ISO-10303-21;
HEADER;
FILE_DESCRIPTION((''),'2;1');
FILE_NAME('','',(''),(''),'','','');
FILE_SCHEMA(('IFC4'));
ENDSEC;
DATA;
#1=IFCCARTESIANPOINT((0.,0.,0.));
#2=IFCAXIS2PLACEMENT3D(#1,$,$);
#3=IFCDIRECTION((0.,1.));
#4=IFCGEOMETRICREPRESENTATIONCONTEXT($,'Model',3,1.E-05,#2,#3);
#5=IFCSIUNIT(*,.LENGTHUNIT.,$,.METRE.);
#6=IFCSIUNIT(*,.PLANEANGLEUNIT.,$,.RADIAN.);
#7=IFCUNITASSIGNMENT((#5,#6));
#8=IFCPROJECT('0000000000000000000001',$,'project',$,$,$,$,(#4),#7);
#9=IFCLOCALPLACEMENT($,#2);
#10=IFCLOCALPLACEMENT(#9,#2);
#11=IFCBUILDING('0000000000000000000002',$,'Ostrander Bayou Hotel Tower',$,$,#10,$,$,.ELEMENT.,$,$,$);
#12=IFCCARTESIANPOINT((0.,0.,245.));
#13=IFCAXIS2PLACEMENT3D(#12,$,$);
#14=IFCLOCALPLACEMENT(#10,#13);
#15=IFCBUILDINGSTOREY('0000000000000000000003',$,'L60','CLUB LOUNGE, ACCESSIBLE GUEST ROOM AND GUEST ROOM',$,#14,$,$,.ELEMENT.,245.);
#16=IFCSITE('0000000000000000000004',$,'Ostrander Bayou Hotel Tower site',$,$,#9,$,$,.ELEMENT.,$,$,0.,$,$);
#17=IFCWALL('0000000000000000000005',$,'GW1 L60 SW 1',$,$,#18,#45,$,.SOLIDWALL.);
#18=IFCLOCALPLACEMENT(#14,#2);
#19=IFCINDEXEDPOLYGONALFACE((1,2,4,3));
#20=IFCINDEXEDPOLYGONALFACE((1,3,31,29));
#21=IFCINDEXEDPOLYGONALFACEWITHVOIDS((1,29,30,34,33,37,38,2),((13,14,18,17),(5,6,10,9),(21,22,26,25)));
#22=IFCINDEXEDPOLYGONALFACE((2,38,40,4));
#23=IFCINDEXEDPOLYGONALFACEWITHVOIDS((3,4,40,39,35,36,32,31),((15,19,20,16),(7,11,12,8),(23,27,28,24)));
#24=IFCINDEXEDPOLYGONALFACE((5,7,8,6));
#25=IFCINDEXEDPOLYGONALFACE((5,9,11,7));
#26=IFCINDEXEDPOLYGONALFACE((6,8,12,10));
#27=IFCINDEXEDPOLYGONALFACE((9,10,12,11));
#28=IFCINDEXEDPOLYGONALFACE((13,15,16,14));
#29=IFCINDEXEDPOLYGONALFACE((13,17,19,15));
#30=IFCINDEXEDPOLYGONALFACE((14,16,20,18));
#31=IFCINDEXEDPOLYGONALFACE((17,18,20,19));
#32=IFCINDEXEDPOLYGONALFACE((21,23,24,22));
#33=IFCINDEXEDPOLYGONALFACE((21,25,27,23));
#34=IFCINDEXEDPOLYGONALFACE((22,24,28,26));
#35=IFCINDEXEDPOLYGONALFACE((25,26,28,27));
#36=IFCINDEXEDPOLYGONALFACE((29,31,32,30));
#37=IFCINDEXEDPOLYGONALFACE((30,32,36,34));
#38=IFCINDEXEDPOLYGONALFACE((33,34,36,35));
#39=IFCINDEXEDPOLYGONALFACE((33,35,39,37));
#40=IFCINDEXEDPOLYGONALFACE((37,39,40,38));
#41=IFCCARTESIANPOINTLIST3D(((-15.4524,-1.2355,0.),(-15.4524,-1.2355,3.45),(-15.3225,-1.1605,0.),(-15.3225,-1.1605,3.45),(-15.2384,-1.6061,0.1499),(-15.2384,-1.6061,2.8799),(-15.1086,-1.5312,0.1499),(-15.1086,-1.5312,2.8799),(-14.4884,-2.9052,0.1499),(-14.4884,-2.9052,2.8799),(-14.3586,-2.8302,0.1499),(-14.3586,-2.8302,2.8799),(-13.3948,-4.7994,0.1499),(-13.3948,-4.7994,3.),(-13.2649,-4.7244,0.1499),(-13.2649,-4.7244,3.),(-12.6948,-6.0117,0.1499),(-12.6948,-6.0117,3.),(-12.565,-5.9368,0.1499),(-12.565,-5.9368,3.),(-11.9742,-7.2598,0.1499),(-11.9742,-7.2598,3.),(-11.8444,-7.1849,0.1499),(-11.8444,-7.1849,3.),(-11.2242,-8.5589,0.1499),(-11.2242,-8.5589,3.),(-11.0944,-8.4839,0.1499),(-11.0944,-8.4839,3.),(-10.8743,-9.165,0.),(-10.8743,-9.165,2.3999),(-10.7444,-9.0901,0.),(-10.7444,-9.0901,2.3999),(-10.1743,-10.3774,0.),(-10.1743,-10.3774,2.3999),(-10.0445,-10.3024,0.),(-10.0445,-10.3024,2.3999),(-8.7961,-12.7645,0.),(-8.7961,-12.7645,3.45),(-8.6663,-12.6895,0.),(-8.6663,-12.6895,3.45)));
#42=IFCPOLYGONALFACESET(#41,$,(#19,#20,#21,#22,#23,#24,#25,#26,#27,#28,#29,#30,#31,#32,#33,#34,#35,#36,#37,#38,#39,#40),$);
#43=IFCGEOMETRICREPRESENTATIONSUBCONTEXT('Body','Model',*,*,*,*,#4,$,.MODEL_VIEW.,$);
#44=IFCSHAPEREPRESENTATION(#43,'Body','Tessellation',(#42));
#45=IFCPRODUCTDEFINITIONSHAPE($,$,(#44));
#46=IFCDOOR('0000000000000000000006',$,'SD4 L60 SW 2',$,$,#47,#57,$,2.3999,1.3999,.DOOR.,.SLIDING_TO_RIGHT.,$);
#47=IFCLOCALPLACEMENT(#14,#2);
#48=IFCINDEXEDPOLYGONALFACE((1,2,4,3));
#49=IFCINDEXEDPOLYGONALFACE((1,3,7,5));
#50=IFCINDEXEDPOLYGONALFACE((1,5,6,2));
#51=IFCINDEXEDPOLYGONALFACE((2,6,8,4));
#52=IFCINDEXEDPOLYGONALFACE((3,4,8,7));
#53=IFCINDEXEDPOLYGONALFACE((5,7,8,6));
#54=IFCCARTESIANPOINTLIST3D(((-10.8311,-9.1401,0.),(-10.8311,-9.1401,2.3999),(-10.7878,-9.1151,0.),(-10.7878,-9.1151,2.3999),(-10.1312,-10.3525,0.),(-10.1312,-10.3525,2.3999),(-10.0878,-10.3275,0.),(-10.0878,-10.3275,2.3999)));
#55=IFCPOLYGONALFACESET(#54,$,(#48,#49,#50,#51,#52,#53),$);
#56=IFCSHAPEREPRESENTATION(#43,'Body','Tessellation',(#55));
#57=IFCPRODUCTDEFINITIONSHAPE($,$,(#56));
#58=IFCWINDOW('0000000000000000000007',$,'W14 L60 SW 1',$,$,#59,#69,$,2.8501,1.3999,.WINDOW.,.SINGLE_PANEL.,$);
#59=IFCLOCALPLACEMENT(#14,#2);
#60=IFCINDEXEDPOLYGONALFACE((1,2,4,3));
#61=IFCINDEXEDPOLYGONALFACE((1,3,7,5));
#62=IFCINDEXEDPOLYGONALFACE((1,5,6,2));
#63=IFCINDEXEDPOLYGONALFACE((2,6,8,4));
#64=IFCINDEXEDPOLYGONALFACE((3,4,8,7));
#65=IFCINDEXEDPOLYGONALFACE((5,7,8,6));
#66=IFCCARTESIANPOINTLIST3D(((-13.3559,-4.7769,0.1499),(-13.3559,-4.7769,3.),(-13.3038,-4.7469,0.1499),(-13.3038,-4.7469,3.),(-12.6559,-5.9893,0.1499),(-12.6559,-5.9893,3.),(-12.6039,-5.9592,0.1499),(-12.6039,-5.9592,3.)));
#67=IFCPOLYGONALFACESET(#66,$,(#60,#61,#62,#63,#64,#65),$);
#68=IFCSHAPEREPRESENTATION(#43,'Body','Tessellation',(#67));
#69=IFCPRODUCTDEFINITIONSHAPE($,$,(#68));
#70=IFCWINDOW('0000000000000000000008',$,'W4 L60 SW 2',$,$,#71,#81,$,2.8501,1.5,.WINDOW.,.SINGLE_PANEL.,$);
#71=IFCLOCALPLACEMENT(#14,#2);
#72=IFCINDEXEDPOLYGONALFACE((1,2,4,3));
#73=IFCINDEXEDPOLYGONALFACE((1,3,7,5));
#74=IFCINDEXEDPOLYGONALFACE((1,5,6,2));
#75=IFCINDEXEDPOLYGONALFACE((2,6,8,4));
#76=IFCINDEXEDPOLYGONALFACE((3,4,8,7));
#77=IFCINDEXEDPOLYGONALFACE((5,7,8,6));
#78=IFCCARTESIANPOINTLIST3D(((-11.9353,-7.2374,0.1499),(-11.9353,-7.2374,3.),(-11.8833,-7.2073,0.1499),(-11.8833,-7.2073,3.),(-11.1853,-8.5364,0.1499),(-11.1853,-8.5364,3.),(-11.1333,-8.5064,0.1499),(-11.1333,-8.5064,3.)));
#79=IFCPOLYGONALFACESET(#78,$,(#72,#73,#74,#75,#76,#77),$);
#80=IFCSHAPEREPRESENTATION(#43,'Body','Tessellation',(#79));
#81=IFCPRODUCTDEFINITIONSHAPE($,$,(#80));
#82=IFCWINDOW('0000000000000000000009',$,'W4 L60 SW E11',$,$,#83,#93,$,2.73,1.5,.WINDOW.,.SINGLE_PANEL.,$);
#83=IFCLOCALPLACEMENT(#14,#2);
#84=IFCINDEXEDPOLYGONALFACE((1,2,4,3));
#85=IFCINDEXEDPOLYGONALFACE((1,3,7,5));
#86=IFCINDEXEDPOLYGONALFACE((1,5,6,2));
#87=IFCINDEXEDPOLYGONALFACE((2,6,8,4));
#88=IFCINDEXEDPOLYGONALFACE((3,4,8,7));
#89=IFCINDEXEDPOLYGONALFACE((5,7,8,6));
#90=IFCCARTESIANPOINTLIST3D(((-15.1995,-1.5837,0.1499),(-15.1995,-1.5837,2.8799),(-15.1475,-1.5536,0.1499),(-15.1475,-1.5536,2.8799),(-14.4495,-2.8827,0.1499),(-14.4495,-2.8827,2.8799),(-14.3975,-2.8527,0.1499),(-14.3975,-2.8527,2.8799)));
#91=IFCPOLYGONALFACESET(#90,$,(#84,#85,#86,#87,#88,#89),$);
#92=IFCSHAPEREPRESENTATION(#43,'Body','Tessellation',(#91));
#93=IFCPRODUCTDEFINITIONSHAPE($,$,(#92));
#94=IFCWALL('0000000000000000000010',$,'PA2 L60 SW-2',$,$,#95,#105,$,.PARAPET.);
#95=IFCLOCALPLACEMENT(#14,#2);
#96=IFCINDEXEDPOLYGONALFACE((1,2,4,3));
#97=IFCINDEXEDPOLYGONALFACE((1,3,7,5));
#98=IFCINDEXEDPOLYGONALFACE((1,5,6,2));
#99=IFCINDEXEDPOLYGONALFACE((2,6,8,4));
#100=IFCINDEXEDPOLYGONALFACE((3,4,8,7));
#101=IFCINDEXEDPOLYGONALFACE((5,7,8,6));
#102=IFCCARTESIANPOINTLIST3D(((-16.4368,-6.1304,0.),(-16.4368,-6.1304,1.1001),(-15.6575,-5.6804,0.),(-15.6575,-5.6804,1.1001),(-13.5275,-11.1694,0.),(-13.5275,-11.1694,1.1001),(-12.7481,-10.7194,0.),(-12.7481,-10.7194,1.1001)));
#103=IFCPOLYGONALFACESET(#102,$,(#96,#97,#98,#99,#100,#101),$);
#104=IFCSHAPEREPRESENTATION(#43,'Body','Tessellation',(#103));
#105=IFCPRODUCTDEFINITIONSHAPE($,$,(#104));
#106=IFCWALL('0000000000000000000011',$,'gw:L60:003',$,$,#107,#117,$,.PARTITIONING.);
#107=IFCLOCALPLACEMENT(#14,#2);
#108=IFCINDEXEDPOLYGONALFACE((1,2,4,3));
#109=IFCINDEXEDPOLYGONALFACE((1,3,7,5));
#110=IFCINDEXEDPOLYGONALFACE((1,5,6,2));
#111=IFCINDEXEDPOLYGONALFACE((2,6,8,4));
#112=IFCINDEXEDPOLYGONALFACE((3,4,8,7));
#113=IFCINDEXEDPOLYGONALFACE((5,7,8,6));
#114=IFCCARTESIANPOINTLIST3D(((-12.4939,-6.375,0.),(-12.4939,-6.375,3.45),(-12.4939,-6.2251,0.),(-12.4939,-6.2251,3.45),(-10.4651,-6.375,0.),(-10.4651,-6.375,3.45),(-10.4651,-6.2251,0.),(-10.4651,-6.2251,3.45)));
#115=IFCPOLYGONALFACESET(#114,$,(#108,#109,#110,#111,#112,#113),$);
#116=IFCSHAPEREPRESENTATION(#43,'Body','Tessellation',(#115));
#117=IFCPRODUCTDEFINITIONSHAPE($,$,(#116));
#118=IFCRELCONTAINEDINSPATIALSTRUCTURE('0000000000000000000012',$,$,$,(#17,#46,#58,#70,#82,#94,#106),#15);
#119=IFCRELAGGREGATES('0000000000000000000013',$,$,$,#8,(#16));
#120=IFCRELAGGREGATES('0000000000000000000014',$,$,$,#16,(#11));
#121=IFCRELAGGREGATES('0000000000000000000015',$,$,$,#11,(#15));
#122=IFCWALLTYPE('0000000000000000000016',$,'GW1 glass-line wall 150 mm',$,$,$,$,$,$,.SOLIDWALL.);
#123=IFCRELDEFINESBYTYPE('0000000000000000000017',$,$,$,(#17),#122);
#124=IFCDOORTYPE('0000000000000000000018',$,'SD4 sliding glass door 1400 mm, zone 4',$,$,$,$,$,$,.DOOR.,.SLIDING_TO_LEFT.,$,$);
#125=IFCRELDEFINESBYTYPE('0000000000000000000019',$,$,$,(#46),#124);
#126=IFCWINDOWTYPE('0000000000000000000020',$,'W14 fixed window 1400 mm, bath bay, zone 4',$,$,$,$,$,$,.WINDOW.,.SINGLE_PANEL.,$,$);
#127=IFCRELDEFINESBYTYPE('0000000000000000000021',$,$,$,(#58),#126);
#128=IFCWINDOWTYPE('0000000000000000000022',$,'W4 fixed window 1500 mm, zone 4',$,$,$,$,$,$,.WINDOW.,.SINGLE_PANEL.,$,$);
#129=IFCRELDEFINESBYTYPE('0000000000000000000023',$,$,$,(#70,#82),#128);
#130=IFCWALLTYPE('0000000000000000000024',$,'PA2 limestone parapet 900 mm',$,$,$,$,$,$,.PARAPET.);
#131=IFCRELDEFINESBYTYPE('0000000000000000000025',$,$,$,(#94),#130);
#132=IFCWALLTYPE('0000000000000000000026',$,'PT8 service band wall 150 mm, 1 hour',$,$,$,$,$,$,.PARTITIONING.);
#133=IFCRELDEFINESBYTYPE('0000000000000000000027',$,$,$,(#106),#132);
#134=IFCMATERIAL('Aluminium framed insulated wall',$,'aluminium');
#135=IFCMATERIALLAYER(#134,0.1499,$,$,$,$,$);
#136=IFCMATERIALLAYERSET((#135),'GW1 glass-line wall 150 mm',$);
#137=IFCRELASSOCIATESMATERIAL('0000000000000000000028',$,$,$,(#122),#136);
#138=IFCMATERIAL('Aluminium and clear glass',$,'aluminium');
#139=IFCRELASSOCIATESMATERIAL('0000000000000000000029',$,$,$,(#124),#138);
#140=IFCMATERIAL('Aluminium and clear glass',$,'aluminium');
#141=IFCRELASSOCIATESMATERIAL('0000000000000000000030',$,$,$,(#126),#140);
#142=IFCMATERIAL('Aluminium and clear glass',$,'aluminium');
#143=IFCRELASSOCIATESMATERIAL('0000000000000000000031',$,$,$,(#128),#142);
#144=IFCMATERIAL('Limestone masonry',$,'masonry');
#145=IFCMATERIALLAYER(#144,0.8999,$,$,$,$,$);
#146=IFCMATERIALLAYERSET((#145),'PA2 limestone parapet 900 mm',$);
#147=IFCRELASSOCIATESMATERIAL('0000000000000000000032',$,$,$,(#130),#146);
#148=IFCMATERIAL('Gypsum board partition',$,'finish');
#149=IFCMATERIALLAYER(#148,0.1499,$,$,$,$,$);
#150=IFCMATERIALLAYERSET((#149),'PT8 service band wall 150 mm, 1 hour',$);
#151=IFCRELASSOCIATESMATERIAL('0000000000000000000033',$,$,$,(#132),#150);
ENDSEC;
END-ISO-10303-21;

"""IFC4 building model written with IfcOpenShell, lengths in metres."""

from ifc_helpers import new_model, si_unit, direction, frame, frame_2d, origin, place, context, subcontext, project, spatial, rectangle, extrude, material, layer, layer_set, type_object, element, fill, save


model = new_model("IFC4")

# Units and contexts
model_context = context("Model", 3, precision=1e-05, world=origin(), true_north=direction((0.0, 1.0)))
body_context = subcontext(model_context, "Body", "Model", "MODEL_VIEW")
ifc_project = project(units=[si_unit("LENGTHUNIT", "METRE"), si_unit("PLANEANGLEUNIT", "RADIAN")], contexts=[model_context])

# Site, building, storey
site_placement = place(None, origin())
site = spatial("IfcSite", under=ifc_project, at=site_placement, Name="Ostrander Bayou Hotel Tower site", CompositionType="ELEMENT", RefElevation=0.0)
building_placement = place(site_placement, origin())
building = spatial("IfcBuilding", under=site, at=building_placement, Name="Ostrander Bayou Hotel Tower", CompositionType="ELEMENT")
storey_placement = place(building_placement, frame((0.0, 0.0, 245.0)))
storey = spatial("IfcBuildingStorey", under=building, at=storey_placement, Name="L60", Description="CLUB LOUNGE, ACCESSIBLE GUEST ROOM AND GUEST ROOM", CompositionType="ELEMENT", Elevation=245.0)

# Wall, openings, door, windows
ifc_material_1 = material(Name="Aluminium framed insulated wall", Category="aluminium")
ifc_layer_1 = layer(ifc_material_1, 0.1499)
ifc_layer_set_1 = layer_set([ifc_layer_1], Name="GW1 glass-line wall 150 mm")
wall_type_1 = type_object("IfcWallType", Name="GW1 glass-line wall 150 mm", PredefinedType="SOLIDWALL", material=ifc_layer_set_1)
wall_1_placement = place(storey_placement, frame((-15.3875, -1.198, 0.0), z_axis=(0.0, 0.0, 1.0), x_axis=(0.499997, -0.866027, 0.0)))
wall_1 = element("IfcWall", 1, at=wall_1_placement, inside=storey, type_object=wall_type_1, Name="GW1 L60 SW 1", PredefinedType="SOLIDWALL", context=body_context, shape_type="SweptSolid", body=[
    extrude(rectangle(XDim=13.3125, YDim=0.1499, at=frame_2d((6.6562, 0.0))), origin(), (0.0, 0.0, 1.0), 3.45),
])
opening_1_placement = place(wall_1_placement, frame((4.1152, 0.0, 0.1499)))
opening_1 = element("IfcOpeningElement", 2, at=opening_1_placement, cuts=wall_1, PredefinedType="OPENING", context=body_context, shape_type="SweptSolid", body=[
    extrude(rectangle(XDim=1.3999, YDim=2.8501, at=frame_2d((0.7, 1.425))), frame((0.0, 0.075, 0.0), z_axis=(0.0, -1.0, 0.0), x_axis=(1.0, 0.0, 0.0)), (0.0, 0.0, 1.0), 0.1499),
])
opening_2_placement = place(wall_1_placement, frame((6.9563, 0.0, 0.1499)))
opening_2 = element("IfcOpeningElement", 3, at=opening_2_placement, cuts=wall_1, PredefinedType="OPENING", context=body_context, shape_type="SweptSolid", body=[
    extrude(rectangle(XDim=1.5, YDim=2.8501, at=frame_2d((0.75, 1.425))), frame((0.0, 0.075, 0.0), z_axis=(0.0, -1.0, 0.0), x_axis=(1.0, 0.0, 0.0)), (0.0, 0.0, 1.0), 0.1499),
])
opening_3_placement = place(wall_1_placement, frame((9.1562, 0.0, 0.0)))
opening_3 = element("IfcOpeningElement", 4, at=opening_3_placement, cuts=wall_1, PredefinedType="OPENING", context=body_context, shape_type="SweptSolid", body=[
    extrude(rectangle(XDim=1.3999, YDim=2.3999, at=frame_2d((0.7, 1.2))), frame((0.0, 0.075, 0.0), z_axis=(0.0, -1.0, 0.0), x_axis=(1.0, 0.0, 0.0)), (0.0, 0.0, 1.0), 0.1499),
])
opening_4_placement = place(wall_1_placement, frame((0.428, 0.0, 0.1499)))
opening_4 = element("IfcOpeningElement", 5, at=opening_4_placement, cuts=wall_1, PredefinedType="OPENING", context=body_context, shape_type="SweptSolid", body=[
    extrude(rectangle(XDim=1.5, YDim=2.73, at=frame_2d((0.75, 1.365))), frame((0.0, 0.075, 0.0), z_axis=(0.0, -1.0, 0.0), x_axis=(1.0, 0.0, 0.0)), (0.0, 0.0, 1.0), 0.1499),
])
ifc_material_2 = material(Name="Aluminium and clear glass", Category="aluminium")
door_type_1 = type_object("IfcDoorType", Name="SD4 sliding glass door 1400 mm, zone 4", OperationType="SLIDING_TO_LEFT", PredefinedType="DOOR", material=ifc_material_2)
door_1_placement = place(opening_3_placement, origin())
door_1 = element("IfcDoor", 6, at=door_1_placement, inside=storey, type_object=door_type_1, Name="SD4 L60 SW 2", OperationType="SLIDING_TO_RIGHT", OverallHeight=2.3999, OverallWidth=1.3999, PredefinedType="DOOR", context=body_context, shape_type="SweptSolid", body=[
    extrude(rectangle(XDim=1.3999, YDim=2.3999, at=frame_2d((0.7, 1.2))), frame((0.0, 0.0249, 0.0), z_axis=(0.0, -1.0, 0.0), x_axis=(1.0, 0.0, 0.0)), (0.0, 0.0, 1.0), 0.05),
])
fill(opening_3, door_1)
ifc_material_3 = material(Name="Aluminium and clear glass", Category="aluminium")
window_type_1 = type_object("IfcWindowType", Name="W14 fixed window 1400 mm, bath bay, zone 4", PartitioningType="SINGLE_PANEL", PredefinedType="WINDOW", material=ifc_material_3)
window_1_placement = place(opening_1_placement, origin())
window_1 = element("IfcWindow", 7, at=window_1_placement, inside=storey, type_object=window_type_1, Name="W14 L60 SW 1", OverallHeight=2.8501, OverallWidth=1.3999, PartitioningType="SINGLE_PANEL", PredefinedType="WINDOW", context=body_context, shape_type="SweptSolid", body=[
    extrude(rectangle(XDim=1.3999, YDim=2.8501, at=frame_2d((0.7, 1.425))), frame((0.0, 0.03, 0.0), z_axis=(0.0, -1.0, 0.0), x_axis=(1.0, 0.0, 0.0)), (0.0, 0.0, 1.0), 0.0601),
])
fill(opening_1, window_1)
ifc_material_4 = material(Name="Aluminium and clear glass", Category="aluminium")
window_type_2 = type_object("IfcWindowType", Name="W4 fixed window 1500 mm, zone 4", PartitioningType="SINGLE_PANEL", PredefinedType="WINDOW", material=ifc_material_4)
window_2_placement = place(opening_2_placement, origin())
window_2 = element("IfcWindow", 8, at=window_2_placement, inside=storey, type_object=window_type_2, Name="W4 L60 SW 2", OverallHeight=2.8501, OverallWidth=1.5, PartitioningType="SINGLE_PANEL", PredefinedType="WINDOW", context=body_context, shape_type="SweptSolid", body=[
    extrude(rectangle(XDim=1.5, YDim=2.8501, at=frame_2d((0.75, 1.425))), frame((0.0, 0.03, 0.0), z_axis=(0.0, -1.0, 0.0), x_axis=(1.0, 0.0, 0.0)), (0.0, 0.0, 1.0), 0.0601),
])
fill(opening_2, window_2)
window_3_placement = place(opening_4_placement, origin())
window_3 = element("IfcWindow", 9, at=window_3_placement, inside=storey, type_object=window_type_2, Name="W4 L60 SW E11", OverallHeight=2.73, OverallWidth=1.5, PartitioningType="SINGLE_PANEL", PredefinedType="WINDOW", context=body_context, shape_type="SweptSolid", body=[
    extrude(rectangle(XDim=1.5, YDim=2.73, at=frame_2d((0.75, 1.365))), frame((0.0, 0.03, 0.0), z_axis=(0.0, -1.0, 0.0), x_axis=(1.0, 0.0, 0.0)), (0.0, 0.0, 1.0), 0.0601),
])
fill(opening_4, window_3)

# Walls
ifc_material_5 = material(Name="Limestone masonry", Category="masonry")
ifc_layer_2 = layer(ifc_material_5, 0.8999)
ifc_layer_set_2 = layer_set([ifc_layer_2], Name="PA2 limestone parapet 900 mm")
wall_type_2 = type_object("IfcWallType", Name="PA2 limestone parapet 900 mm", PredefinedType="PARAPET", material=ifc_layer_set_2)
wall_2_placement = place(storey_placement, frame((-16.0471, -5.9055, 0.0), z_axis=(0.0, 0.0, 1.0), x_axis=(0.500015, -0.866016, 0.0)))
element("IfcWall", 10, at=wall_2_placement, inside=storey, type_object=wall_type_2, Name="PA2 L60 SW-2", PredefinedType="PARAPET", context=body_context, shape_type="SweptSolid", body=[
    extrude(rectangle(XDim=5.8186, YDim=0.8999, at=frame_2d((2.9092, 0.0))), origin(), (0.0, 0.0, 1.0), 1.1001),
])
ifc_material_6 = material(Name="Gypsum board partition", Category="finish")
ifc_layer_3 = layer(ifc_material_6, 0.1499)
ifc_layer_set_3 = layer_set([ifc_layer_3], Name="PT8 service band wall 150 mm, 1 hour")
wall_type_3 = type_object("IfcWallType", Name="PT8 service band wall 150 mm, 1 hour", PredefinedType="PARTITIONING", material=ifc_layer_set_3)
wall_3_placement = place(storey_placement, frame((-12.4939, -6.3, 0.0), z_axis=(0.0, 0.0, 1.0), x_axis=(1.0, 0.0, 0.0)))
element("IfcWall", 11, at=wall_3_placement, inside=storey, type_object=wall_type_3, Name="gw:L60:003", PredefinedType="PARTITIONING", context=body_context, shape_type="SweptSolid", body=[
    extrude(rectangle(XDim=2.0288, YDim=0.1499, at=frame_2d((1.0144, 0.0))), origin(), (0.0, 0.0, 1.0), 3.45),
])

save(model, "model.ifc")
